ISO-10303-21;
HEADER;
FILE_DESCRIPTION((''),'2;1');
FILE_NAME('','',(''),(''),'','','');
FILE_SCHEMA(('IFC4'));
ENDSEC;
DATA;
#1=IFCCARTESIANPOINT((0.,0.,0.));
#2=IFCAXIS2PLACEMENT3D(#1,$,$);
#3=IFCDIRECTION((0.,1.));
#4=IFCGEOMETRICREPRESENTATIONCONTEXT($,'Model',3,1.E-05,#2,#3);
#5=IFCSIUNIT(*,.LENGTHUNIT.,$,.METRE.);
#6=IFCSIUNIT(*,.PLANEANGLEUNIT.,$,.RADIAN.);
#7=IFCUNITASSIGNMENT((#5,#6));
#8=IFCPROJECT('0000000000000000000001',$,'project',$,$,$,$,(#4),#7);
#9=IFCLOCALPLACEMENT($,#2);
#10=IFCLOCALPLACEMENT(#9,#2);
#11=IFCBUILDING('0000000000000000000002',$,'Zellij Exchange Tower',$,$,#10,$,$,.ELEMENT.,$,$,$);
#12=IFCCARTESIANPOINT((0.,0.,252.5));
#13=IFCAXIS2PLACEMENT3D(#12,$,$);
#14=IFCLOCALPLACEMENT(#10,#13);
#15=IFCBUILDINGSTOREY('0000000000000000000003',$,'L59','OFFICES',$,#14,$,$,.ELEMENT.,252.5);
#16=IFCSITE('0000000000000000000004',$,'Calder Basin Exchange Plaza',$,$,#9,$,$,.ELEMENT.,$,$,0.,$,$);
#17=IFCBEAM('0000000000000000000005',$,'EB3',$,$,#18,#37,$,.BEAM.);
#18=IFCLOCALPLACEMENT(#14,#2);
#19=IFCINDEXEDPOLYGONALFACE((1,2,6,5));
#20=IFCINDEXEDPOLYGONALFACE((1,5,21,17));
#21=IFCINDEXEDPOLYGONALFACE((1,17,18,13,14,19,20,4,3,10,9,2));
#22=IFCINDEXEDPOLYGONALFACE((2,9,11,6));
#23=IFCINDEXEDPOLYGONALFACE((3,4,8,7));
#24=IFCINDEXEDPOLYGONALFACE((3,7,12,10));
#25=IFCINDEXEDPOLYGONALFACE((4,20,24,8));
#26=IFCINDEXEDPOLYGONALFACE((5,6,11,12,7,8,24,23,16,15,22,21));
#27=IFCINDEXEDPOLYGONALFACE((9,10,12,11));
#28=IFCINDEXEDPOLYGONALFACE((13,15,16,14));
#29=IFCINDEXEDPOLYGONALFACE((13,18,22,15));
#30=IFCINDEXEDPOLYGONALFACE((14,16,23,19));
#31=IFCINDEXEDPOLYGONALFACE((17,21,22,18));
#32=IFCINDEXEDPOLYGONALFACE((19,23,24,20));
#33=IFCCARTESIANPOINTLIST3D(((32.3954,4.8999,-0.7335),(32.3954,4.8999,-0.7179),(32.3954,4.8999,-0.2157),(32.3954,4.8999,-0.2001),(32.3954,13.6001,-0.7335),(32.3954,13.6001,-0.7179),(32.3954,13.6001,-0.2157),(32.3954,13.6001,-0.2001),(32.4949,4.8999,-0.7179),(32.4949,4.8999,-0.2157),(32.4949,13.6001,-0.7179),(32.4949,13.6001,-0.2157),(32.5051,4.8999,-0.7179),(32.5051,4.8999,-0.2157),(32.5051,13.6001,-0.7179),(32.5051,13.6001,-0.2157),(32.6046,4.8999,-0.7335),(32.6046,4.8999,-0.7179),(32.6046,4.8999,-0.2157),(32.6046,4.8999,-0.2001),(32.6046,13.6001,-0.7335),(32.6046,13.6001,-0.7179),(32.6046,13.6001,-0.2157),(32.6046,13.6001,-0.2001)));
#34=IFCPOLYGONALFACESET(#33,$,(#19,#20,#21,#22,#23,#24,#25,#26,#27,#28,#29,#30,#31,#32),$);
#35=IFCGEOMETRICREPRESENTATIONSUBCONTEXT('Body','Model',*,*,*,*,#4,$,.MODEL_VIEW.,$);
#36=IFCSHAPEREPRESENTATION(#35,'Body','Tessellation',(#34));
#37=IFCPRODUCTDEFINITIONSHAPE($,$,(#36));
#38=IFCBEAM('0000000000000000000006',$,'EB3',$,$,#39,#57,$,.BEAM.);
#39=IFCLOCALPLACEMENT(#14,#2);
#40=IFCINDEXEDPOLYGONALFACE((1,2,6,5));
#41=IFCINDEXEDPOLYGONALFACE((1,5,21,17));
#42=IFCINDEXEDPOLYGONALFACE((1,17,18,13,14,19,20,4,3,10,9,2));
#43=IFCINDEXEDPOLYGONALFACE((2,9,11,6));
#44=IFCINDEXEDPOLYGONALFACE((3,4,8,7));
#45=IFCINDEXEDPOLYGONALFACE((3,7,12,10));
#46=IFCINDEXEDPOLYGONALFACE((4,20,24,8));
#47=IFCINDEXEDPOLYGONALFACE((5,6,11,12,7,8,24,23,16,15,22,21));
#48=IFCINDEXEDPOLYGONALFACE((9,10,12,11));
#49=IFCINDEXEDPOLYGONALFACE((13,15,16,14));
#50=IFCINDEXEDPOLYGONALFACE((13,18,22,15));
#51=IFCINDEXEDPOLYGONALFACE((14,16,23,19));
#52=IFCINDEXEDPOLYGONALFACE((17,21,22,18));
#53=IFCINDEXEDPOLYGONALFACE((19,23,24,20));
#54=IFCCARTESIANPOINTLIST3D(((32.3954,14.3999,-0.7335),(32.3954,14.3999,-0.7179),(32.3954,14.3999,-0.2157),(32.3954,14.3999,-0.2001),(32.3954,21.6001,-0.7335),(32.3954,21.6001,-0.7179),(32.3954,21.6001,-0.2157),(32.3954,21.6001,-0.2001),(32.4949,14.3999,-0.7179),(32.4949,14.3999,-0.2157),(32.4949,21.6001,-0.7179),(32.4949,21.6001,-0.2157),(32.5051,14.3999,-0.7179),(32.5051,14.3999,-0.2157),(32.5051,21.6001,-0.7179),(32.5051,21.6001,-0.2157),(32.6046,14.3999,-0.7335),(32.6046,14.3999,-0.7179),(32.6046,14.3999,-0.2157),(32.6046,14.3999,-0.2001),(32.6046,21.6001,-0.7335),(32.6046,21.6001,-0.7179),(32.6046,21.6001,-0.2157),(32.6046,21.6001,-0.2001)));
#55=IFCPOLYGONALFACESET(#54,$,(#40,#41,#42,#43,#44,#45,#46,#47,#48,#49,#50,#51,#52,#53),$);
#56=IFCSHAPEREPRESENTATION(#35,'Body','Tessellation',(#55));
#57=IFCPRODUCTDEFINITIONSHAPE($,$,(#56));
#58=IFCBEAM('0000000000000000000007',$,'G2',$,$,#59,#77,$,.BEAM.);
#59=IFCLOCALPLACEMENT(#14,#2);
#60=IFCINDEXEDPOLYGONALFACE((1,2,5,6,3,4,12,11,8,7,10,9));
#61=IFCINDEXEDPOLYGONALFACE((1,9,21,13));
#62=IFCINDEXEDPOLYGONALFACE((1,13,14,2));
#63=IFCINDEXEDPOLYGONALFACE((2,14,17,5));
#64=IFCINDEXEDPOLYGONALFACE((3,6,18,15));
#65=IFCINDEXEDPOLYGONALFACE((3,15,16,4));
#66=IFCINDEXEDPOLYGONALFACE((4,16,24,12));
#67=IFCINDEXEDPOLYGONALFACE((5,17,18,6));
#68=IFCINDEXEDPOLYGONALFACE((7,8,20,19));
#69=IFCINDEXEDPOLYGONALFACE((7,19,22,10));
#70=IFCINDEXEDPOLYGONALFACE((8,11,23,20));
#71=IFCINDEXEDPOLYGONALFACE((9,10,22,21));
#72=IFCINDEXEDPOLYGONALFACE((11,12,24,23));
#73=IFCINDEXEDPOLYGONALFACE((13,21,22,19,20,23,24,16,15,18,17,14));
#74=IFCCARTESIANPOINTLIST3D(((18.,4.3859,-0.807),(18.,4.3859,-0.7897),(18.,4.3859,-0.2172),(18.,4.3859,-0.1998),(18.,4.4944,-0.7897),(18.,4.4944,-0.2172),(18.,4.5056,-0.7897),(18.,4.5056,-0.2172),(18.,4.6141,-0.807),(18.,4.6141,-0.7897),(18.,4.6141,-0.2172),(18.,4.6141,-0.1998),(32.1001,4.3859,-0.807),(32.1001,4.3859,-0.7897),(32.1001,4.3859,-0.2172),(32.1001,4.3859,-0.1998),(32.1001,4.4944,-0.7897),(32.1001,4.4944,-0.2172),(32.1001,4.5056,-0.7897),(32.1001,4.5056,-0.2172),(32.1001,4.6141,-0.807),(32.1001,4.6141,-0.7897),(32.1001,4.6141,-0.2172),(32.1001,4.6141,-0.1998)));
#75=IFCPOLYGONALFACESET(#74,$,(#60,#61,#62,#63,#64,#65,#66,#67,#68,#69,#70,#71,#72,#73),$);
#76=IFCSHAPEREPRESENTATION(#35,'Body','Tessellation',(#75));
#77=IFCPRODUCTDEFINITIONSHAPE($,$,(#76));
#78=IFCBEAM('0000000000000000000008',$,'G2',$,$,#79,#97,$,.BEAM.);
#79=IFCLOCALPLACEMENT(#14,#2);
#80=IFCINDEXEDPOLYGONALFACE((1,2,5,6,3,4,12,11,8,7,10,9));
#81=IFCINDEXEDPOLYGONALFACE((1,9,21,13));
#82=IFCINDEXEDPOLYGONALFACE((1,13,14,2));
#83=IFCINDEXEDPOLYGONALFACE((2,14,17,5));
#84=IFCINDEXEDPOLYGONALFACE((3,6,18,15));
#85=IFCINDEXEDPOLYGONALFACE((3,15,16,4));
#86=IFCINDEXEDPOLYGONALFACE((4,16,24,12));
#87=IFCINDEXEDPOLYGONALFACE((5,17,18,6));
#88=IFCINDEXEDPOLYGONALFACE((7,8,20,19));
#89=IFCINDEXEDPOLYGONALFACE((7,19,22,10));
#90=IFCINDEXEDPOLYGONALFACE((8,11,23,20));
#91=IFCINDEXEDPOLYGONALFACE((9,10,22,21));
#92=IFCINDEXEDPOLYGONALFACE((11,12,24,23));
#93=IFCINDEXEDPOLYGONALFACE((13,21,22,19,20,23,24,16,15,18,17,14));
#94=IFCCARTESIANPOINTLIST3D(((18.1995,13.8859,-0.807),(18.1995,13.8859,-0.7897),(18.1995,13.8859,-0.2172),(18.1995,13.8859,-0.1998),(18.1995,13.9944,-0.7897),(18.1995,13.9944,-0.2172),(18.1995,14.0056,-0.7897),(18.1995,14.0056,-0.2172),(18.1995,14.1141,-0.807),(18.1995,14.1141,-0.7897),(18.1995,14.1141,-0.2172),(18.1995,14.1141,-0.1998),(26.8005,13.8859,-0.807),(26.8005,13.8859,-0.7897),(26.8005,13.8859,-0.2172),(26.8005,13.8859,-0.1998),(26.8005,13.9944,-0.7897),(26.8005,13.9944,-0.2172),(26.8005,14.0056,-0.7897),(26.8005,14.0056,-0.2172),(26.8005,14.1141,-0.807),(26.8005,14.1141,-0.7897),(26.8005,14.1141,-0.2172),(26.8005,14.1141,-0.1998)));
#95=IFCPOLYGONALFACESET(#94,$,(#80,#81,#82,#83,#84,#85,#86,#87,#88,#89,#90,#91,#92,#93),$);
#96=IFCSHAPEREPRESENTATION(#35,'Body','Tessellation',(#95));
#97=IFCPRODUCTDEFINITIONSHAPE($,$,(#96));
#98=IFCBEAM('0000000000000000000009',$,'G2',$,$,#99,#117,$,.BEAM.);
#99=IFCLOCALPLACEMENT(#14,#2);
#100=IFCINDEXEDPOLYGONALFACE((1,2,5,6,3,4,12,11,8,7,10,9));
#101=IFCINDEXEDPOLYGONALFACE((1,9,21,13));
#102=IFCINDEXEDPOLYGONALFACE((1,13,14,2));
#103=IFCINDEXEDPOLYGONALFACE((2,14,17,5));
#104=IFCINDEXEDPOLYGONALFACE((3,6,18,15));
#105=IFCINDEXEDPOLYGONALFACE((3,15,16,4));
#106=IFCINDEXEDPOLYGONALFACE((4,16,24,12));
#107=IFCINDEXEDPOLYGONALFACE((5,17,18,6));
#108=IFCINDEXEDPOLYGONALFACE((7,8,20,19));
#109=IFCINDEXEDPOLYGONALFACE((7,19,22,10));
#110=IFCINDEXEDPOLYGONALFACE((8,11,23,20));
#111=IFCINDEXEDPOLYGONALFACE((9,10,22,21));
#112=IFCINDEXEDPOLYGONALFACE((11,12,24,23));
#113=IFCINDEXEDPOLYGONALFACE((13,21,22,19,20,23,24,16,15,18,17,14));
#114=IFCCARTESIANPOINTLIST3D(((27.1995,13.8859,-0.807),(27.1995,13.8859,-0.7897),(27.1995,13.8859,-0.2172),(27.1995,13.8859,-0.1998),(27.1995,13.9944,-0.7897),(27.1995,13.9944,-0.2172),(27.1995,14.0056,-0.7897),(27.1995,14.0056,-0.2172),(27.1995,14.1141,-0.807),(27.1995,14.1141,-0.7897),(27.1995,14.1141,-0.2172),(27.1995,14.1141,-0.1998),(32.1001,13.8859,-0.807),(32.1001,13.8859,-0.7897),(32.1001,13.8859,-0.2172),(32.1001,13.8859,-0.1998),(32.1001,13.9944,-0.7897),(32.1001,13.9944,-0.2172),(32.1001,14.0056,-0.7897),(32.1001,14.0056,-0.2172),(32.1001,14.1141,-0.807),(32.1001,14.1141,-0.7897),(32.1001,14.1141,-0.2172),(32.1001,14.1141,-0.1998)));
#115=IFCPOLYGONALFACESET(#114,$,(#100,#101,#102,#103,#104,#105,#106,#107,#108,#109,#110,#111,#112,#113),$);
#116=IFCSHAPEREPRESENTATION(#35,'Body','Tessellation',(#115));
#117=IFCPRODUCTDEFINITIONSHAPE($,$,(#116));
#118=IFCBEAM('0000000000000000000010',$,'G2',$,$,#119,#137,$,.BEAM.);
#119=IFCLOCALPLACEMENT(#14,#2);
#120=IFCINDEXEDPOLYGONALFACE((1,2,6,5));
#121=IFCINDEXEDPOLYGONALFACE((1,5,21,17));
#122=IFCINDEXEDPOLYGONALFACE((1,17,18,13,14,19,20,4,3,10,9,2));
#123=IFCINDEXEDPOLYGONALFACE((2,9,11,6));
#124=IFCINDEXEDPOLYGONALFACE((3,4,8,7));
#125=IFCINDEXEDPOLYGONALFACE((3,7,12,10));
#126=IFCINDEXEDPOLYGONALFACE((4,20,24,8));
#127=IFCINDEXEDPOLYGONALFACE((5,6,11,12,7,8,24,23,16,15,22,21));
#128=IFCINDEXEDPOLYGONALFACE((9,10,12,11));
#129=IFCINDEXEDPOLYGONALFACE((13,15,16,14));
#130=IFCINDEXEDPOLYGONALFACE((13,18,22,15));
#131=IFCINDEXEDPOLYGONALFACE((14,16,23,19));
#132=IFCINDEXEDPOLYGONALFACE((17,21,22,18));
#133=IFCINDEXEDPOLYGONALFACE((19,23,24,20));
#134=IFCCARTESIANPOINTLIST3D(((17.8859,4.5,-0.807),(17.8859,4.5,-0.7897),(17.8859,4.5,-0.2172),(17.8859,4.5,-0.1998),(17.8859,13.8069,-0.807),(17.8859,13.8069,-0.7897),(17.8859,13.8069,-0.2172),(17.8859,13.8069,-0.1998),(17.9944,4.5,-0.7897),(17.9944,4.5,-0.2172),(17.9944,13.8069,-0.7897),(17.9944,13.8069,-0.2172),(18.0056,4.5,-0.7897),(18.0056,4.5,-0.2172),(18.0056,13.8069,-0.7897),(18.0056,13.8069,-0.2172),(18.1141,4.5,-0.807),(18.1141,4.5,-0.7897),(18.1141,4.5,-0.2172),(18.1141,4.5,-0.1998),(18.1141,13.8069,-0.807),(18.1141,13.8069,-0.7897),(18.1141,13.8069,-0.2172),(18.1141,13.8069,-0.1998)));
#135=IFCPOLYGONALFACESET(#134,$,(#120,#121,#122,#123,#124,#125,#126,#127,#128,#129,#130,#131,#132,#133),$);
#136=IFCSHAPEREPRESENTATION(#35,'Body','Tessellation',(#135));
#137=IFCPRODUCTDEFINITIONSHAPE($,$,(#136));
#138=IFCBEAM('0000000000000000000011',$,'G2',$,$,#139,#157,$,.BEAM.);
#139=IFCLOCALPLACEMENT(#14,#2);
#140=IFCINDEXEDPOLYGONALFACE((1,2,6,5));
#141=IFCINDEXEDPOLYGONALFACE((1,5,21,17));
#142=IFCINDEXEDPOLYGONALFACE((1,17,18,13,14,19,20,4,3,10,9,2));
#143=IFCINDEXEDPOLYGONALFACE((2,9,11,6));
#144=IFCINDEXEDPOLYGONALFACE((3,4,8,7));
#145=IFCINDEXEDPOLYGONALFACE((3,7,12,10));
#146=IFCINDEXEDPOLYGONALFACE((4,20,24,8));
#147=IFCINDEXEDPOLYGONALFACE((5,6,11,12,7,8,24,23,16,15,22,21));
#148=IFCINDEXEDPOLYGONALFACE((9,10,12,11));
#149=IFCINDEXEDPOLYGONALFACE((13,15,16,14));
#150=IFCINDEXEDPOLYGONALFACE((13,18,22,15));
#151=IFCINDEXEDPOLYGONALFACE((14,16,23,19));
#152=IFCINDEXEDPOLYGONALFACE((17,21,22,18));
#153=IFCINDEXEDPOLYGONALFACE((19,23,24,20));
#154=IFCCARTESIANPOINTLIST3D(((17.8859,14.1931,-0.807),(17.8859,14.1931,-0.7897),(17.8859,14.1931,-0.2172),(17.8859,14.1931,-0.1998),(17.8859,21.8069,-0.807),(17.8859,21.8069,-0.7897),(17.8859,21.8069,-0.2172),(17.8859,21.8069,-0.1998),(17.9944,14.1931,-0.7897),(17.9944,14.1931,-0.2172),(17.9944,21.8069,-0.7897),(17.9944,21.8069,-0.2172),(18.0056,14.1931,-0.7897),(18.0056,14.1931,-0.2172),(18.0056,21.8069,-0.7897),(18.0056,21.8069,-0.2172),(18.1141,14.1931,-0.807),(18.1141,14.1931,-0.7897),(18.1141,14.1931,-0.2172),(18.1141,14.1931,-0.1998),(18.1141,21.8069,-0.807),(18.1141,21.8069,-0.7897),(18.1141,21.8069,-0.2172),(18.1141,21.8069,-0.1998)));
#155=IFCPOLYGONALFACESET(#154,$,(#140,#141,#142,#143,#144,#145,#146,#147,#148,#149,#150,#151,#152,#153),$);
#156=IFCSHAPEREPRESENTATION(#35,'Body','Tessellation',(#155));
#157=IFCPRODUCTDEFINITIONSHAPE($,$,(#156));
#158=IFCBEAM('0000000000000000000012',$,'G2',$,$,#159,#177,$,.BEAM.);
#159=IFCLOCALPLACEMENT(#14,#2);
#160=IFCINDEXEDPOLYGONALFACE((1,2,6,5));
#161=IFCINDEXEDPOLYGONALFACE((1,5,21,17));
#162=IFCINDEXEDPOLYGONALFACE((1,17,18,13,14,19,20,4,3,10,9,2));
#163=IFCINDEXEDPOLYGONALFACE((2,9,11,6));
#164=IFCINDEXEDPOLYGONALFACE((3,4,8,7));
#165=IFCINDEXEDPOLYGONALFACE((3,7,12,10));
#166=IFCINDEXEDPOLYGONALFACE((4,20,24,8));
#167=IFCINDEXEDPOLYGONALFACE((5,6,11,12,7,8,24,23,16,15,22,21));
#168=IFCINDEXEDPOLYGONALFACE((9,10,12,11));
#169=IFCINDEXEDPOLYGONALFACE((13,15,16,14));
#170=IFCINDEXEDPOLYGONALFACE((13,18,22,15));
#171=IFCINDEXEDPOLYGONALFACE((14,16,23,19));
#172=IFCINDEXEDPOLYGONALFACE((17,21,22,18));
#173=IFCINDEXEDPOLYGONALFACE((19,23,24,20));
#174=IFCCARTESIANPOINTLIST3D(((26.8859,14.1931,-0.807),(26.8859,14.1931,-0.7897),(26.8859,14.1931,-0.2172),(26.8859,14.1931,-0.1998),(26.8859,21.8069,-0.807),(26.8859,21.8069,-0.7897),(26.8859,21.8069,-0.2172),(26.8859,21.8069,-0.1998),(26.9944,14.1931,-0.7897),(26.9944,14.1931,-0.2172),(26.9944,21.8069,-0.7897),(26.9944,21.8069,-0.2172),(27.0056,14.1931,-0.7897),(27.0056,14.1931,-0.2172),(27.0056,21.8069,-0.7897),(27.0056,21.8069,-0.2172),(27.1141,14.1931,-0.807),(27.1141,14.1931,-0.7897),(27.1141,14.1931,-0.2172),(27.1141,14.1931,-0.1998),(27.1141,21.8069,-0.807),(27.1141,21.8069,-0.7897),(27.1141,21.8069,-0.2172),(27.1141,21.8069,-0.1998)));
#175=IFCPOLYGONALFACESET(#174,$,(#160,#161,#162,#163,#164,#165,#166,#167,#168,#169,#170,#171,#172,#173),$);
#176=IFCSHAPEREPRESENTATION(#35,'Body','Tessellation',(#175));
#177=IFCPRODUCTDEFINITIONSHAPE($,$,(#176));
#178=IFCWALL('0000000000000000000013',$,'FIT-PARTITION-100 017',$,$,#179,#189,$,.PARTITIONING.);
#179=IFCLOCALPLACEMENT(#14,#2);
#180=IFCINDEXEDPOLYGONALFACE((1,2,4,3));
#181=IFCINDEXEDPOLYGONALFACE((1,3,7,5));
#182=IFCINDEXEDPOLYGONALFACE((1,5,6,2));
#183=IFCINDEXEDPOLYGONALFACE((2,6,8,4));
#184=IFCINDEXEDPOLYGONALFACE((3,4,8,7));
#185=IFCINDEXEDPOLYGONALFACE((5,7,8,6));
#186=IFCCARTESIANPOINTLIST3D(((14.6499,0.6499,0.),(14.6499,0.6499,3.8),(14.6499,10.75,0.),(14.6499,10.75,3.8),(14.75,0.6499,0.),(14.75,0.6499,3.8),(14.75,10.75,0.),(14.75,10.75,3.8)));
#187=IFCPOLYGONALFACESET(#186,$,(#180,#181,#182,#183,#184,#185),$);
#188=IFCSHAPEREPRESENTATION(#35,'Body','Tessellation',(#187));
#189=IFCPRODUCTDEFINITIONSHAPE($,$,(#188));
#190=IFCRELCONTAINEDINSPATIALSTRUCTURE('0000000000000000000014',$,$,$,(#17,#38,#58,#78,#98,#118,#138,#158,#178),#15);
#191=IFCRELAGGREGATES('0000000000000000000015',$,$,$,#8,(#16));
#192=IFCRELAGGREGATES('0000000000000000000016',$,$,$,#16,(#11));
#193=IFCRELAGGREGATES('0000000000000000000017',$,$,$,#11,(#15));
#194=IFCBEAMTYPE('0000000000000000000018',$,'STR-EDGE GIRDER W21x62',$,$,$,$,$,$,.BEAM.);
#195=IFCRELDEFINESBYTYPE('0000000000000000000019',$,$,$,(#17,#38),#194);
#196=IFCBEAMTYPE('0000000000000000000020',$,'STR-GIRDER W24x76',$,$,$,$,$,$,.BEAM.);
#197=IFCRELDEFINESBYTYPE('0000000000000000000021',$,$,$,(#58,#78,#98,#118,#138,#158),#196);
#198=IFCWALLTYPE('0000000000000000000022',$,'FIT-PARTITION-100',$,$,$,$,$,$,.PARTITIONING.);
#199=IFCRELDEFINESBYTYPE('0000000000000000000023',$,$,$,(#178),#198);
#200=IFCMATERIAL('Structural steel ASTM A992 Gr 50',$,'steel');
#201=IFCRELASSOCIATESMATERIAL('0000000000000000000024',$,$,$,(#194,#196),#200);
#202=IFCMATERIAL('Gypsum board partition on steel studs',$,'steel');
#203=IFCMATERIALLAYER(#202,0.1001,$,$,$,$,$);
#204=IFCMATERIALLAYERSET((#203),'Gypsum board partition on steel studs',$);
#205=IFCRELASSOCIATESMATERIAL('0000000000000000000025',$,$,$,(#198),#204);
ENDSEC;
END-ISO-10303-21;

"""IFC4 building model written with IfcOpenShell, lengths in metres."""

from ifc_helpers import new_model, si_unit, direction, frame, frame_2d, origin, origin_2d, place, context, subcontext, project, spatial, rectangle, i_section, extrude, material, layer, layer_set, material_profile, profile_set, type_object, element, save


model = new_model("IFC4")

# Units and contexts
model_context = context("Model", 3, precision=1e-05, world=origin(), true_north=direction((0.0, 1.0)))
body_context = subcontext(model_context, "Body", "Model", "MODEL_VIEW")
ifc_project = project(units=[si_unit("LENGTHUNIT", "METRE"), si_unit("PLANEANGLEUNIT", "RADIAN")], contexts=[model_context])

# Site, building, storey
site_placement = place(None, origin())
site = spatial("IfcSite", under=ifc_project, at=site_placement, Name="Calder Basin Exchange Plaza", CompositionType="ELEMENT", RefElevation=0.0)
building_placement = place(site_placement, origin())
building = spatial("IfcBuilding", under=site, at=building_placement, Name="Zellij Exchange Tower", CompositionType="ELEMENT")
storey_placement = place(building_placement, frame((0.0, 0.0, 252.5)))
storey = spatial("IfcBuildingStorey", under=building, at=storey_placement, Name="L59", Description="OFFICES", CompositionType="ELEMENT", Elevation=252.5)

# Shared definitions
ifc_material_1 = material(Name="Structural steel ASTM A992 Gr 50", Category="steel")

# Beams
ifc_material_profile_1 = material_profile(ifc_material_1, i_section(OverallWidth=0.2092, OverallDepth=0.5334, WebThickness=0.0103, FlangeThickness=0.0156, at=origin_2d()), Name="W21x62")
ifc_profile_set_1 = profile_set([ifc_material_profile_1], Name="Structural steel ASTM A992 Gr 50")
beam_type_1 = type_object("IfcBeamType", Name="STR-EDGE GIRDER W21x62", PredefinedType="BEAM", material=ifc_profile_set_1)
beam_1_placement = place(storey_placement, frame((32.5, 4.8999, -0.4668), z_axis=(0.0, 1.0, 0.0), x_axis=(-1.0, 0.0, 0.0)))
element("IfcBeam", 1, at=beam_1_placement, inside=storey, type_object=beam_type_1, Name="EB3", PredefinedType="BEAM", context=body_context, shape_type="SweptSolid", body=[
    extrude(i_section(OverallWidth=0.2092, OverallDepth=0.5334, WebThickness=0.0103, FlangeThickness=0.0156, at=origin_2d()), origin(), (0.0, 0.0, 1.0), 8.7002),
])
beam_2_placement = place(storey_placement, frame((32.5, 14.3999, -0.4668), z_axis=(0.0, 1.0, 0.0), x_axis=(-1.0, 0.0, 0.0)))
element("IfcBeam", 2, at=beam_2_placement, inside=storey, type_object=beam_type_1, Name="EB3", PredefinedType="BEAM", context=body_context, shape_type="SweptSolid", body=[
    extrude(i_section(OverallWidth=0.2092, OverallDepth=0.5334, WebThickness=0.0103, FlangeThickness=0.0156, at=origin_2d()), origin(), (0.0, 0.0, 1.0), 7.2002),
])
ifc_material_profile_2 = material_profile(ifc_material_1, i_section(OverallWidth=0.2283, OverallDepth=0.6072, WebThickness=0.0112, FlangeThickness=0.0173, at=origin_2d()), Name="W24x76")
ifc_profile_set_2 = profile_set([ifc_material_profile_2], Name="Structural steel ASTM A992 Gr 50")
beam_type_2 = type_object("IfcBeamType", Name="STR-GIRDER W24x76", PredefinedType="BEAM", material=ifc_profile_set_2)
beam_3_placement = place(storey_placement, frame((18.0, 4.5, -0.5034), z_axis=(1.0, 0.0, 0.0), x_axis=(0.0, 1.0, 0.0)))
element("IfcBeam", 3, at=beam_3_placement, inside=storey, type_object=beam_type_2, Name="G2", PredefinedType="BEAM", context=body_context, shape_type="SweptSolid", body=[
    extrude(i_section(OverallWidth=0.2283, OverallDepth=0.6072, WebThickness=0.0112, FlangeThickness=0.0173, at=origin_2d()), origin(), (0.0, 0.0, 1.0), 14.1001),
])
beam_4_placement = place(storey_placement, frame((18.1995, 14.0, -0.5034), z_axis=(1.0, 0.0, 0.0), x_axis=(0.0, 1.0, 0.0)))
element("IfcBeam", 4, at=beam_4_placement, inside=storey, type_object=beam_type_2, Name="G2", PredefinedType="BEAM", context=body_context, shape_type="SweptSolid", body=[
    extrude(i_section(OverallWidth=0.2283, OverallDepth=0.6072, WebThickness=0.0112, FlangeThickness=0.0173, at=origin_2d()), origin(), (0.0, 0.0, 1.0), 8.6011),
])
beam_5_placement = place(storey_placement, frame((27.1995, 14.0, -0.5034), z_axis=(1.0, 0.0, 0.0), x_axis=(0.0, 1.0, 0.0)))
element("IfcBeam", 5, at=beam_5_placement, inside=storey, type_object=beam_type_2, Name="G2", PredefinedType="BEAM", context=body_context, shape_type="SweptSolid", body=[
    extrude(i_section(OverallWidth=0.2283, OverallDepth=0.6072, WebThickness=0.0112, FlangeThickness=0.0173, at=origin_2d()), origin(), (0.0, 0.0, 1.0), 4.9006),
])
beam_6_placement = place(storey_placement, frame((18.0, 4.5, -0.5034), z_axis=(0.0, 1.0, 0.0), x_axis=(-1.0, 0.0, 0.0)))
element("IfcBeam", 6, at=beam_6_placement, inside=storey, type_object=beam_type_2, Name="G2", PredefinedType="BEAM", context=body_context, shape_type="SweptSolid", body=[
    extrude(i_section(OverallWidth=0.2283, OverallDepth=0.6072, WebThickness=0.0112, FlangeThickness=0.0173, at=origin_2d()), origin(), (0.0, 0.0, 1.0), 9.3069),
])
for number, where, z_axis, x_axis, name in (
    (7, (18.0, 14.1931, -0.5034), (0.0, 1.0, 0.0), (-1.0, 0.0, 0.0), "G2"),
    (8, (27.0, 14.1931, -0.5034), (0.0, 1.0, 0.0), (-1.0, 0.0, 0.0), "G2"),
):
    element("IfcBeam", number, at=place(storey_placement, frame(where, z_axis=z_axis, x_axis=x_axis)), inside=storey, type_object=beam_type_2, Name=name, PredefinedType="BEAM", context=body_context, shape_type="SweptSolid", body=[
        extrude(i_section(OverallWidth=0.2283, OverallDepth=0.6072, WebThickness=0.0112, FlangeThickness=0.0173, at=origin_2d()), origin(), (0.0, 0.0, 1.0), 7.6138),
    ])

# Wall
ifc_material_2 = material(Name="Gypsum board partition on steel studs", Category="steel")
ifc_layer = layer(ifc_material_2, 0.1001)
ifc_layer_set = layer_set([ifc_layer], Name="Gypsum board partition on steel studs")
wall_type = type_object("IfcWallType", Name="FIT-PARTITION-100", PredefinedType="PARTITIONING", material=ifc_layer_set)
wall_1_placement = place(storey_placement, frame((14.7, 0.6499, 0.0), z_axis=(0.0, 0.0, 1.0), x_axis=(0.0, 1.0, 0.0)))
element("IfcWall", 9, at=wall_1_placement, inside=storey, type_object=wall_type, Name="FIT-PARTITION-100 017", PredefinedType="PARTITIONING", context=body_context, shape_type="SweptSolid", body=[
    extrude(rectangle(XDim=10.1001, YDim=0.1001, at=frame_2d((5.05, 0.0))), origin(), (0.0, 0.0, 1.0), 3.8),
])

save(model, "model.ifc")
